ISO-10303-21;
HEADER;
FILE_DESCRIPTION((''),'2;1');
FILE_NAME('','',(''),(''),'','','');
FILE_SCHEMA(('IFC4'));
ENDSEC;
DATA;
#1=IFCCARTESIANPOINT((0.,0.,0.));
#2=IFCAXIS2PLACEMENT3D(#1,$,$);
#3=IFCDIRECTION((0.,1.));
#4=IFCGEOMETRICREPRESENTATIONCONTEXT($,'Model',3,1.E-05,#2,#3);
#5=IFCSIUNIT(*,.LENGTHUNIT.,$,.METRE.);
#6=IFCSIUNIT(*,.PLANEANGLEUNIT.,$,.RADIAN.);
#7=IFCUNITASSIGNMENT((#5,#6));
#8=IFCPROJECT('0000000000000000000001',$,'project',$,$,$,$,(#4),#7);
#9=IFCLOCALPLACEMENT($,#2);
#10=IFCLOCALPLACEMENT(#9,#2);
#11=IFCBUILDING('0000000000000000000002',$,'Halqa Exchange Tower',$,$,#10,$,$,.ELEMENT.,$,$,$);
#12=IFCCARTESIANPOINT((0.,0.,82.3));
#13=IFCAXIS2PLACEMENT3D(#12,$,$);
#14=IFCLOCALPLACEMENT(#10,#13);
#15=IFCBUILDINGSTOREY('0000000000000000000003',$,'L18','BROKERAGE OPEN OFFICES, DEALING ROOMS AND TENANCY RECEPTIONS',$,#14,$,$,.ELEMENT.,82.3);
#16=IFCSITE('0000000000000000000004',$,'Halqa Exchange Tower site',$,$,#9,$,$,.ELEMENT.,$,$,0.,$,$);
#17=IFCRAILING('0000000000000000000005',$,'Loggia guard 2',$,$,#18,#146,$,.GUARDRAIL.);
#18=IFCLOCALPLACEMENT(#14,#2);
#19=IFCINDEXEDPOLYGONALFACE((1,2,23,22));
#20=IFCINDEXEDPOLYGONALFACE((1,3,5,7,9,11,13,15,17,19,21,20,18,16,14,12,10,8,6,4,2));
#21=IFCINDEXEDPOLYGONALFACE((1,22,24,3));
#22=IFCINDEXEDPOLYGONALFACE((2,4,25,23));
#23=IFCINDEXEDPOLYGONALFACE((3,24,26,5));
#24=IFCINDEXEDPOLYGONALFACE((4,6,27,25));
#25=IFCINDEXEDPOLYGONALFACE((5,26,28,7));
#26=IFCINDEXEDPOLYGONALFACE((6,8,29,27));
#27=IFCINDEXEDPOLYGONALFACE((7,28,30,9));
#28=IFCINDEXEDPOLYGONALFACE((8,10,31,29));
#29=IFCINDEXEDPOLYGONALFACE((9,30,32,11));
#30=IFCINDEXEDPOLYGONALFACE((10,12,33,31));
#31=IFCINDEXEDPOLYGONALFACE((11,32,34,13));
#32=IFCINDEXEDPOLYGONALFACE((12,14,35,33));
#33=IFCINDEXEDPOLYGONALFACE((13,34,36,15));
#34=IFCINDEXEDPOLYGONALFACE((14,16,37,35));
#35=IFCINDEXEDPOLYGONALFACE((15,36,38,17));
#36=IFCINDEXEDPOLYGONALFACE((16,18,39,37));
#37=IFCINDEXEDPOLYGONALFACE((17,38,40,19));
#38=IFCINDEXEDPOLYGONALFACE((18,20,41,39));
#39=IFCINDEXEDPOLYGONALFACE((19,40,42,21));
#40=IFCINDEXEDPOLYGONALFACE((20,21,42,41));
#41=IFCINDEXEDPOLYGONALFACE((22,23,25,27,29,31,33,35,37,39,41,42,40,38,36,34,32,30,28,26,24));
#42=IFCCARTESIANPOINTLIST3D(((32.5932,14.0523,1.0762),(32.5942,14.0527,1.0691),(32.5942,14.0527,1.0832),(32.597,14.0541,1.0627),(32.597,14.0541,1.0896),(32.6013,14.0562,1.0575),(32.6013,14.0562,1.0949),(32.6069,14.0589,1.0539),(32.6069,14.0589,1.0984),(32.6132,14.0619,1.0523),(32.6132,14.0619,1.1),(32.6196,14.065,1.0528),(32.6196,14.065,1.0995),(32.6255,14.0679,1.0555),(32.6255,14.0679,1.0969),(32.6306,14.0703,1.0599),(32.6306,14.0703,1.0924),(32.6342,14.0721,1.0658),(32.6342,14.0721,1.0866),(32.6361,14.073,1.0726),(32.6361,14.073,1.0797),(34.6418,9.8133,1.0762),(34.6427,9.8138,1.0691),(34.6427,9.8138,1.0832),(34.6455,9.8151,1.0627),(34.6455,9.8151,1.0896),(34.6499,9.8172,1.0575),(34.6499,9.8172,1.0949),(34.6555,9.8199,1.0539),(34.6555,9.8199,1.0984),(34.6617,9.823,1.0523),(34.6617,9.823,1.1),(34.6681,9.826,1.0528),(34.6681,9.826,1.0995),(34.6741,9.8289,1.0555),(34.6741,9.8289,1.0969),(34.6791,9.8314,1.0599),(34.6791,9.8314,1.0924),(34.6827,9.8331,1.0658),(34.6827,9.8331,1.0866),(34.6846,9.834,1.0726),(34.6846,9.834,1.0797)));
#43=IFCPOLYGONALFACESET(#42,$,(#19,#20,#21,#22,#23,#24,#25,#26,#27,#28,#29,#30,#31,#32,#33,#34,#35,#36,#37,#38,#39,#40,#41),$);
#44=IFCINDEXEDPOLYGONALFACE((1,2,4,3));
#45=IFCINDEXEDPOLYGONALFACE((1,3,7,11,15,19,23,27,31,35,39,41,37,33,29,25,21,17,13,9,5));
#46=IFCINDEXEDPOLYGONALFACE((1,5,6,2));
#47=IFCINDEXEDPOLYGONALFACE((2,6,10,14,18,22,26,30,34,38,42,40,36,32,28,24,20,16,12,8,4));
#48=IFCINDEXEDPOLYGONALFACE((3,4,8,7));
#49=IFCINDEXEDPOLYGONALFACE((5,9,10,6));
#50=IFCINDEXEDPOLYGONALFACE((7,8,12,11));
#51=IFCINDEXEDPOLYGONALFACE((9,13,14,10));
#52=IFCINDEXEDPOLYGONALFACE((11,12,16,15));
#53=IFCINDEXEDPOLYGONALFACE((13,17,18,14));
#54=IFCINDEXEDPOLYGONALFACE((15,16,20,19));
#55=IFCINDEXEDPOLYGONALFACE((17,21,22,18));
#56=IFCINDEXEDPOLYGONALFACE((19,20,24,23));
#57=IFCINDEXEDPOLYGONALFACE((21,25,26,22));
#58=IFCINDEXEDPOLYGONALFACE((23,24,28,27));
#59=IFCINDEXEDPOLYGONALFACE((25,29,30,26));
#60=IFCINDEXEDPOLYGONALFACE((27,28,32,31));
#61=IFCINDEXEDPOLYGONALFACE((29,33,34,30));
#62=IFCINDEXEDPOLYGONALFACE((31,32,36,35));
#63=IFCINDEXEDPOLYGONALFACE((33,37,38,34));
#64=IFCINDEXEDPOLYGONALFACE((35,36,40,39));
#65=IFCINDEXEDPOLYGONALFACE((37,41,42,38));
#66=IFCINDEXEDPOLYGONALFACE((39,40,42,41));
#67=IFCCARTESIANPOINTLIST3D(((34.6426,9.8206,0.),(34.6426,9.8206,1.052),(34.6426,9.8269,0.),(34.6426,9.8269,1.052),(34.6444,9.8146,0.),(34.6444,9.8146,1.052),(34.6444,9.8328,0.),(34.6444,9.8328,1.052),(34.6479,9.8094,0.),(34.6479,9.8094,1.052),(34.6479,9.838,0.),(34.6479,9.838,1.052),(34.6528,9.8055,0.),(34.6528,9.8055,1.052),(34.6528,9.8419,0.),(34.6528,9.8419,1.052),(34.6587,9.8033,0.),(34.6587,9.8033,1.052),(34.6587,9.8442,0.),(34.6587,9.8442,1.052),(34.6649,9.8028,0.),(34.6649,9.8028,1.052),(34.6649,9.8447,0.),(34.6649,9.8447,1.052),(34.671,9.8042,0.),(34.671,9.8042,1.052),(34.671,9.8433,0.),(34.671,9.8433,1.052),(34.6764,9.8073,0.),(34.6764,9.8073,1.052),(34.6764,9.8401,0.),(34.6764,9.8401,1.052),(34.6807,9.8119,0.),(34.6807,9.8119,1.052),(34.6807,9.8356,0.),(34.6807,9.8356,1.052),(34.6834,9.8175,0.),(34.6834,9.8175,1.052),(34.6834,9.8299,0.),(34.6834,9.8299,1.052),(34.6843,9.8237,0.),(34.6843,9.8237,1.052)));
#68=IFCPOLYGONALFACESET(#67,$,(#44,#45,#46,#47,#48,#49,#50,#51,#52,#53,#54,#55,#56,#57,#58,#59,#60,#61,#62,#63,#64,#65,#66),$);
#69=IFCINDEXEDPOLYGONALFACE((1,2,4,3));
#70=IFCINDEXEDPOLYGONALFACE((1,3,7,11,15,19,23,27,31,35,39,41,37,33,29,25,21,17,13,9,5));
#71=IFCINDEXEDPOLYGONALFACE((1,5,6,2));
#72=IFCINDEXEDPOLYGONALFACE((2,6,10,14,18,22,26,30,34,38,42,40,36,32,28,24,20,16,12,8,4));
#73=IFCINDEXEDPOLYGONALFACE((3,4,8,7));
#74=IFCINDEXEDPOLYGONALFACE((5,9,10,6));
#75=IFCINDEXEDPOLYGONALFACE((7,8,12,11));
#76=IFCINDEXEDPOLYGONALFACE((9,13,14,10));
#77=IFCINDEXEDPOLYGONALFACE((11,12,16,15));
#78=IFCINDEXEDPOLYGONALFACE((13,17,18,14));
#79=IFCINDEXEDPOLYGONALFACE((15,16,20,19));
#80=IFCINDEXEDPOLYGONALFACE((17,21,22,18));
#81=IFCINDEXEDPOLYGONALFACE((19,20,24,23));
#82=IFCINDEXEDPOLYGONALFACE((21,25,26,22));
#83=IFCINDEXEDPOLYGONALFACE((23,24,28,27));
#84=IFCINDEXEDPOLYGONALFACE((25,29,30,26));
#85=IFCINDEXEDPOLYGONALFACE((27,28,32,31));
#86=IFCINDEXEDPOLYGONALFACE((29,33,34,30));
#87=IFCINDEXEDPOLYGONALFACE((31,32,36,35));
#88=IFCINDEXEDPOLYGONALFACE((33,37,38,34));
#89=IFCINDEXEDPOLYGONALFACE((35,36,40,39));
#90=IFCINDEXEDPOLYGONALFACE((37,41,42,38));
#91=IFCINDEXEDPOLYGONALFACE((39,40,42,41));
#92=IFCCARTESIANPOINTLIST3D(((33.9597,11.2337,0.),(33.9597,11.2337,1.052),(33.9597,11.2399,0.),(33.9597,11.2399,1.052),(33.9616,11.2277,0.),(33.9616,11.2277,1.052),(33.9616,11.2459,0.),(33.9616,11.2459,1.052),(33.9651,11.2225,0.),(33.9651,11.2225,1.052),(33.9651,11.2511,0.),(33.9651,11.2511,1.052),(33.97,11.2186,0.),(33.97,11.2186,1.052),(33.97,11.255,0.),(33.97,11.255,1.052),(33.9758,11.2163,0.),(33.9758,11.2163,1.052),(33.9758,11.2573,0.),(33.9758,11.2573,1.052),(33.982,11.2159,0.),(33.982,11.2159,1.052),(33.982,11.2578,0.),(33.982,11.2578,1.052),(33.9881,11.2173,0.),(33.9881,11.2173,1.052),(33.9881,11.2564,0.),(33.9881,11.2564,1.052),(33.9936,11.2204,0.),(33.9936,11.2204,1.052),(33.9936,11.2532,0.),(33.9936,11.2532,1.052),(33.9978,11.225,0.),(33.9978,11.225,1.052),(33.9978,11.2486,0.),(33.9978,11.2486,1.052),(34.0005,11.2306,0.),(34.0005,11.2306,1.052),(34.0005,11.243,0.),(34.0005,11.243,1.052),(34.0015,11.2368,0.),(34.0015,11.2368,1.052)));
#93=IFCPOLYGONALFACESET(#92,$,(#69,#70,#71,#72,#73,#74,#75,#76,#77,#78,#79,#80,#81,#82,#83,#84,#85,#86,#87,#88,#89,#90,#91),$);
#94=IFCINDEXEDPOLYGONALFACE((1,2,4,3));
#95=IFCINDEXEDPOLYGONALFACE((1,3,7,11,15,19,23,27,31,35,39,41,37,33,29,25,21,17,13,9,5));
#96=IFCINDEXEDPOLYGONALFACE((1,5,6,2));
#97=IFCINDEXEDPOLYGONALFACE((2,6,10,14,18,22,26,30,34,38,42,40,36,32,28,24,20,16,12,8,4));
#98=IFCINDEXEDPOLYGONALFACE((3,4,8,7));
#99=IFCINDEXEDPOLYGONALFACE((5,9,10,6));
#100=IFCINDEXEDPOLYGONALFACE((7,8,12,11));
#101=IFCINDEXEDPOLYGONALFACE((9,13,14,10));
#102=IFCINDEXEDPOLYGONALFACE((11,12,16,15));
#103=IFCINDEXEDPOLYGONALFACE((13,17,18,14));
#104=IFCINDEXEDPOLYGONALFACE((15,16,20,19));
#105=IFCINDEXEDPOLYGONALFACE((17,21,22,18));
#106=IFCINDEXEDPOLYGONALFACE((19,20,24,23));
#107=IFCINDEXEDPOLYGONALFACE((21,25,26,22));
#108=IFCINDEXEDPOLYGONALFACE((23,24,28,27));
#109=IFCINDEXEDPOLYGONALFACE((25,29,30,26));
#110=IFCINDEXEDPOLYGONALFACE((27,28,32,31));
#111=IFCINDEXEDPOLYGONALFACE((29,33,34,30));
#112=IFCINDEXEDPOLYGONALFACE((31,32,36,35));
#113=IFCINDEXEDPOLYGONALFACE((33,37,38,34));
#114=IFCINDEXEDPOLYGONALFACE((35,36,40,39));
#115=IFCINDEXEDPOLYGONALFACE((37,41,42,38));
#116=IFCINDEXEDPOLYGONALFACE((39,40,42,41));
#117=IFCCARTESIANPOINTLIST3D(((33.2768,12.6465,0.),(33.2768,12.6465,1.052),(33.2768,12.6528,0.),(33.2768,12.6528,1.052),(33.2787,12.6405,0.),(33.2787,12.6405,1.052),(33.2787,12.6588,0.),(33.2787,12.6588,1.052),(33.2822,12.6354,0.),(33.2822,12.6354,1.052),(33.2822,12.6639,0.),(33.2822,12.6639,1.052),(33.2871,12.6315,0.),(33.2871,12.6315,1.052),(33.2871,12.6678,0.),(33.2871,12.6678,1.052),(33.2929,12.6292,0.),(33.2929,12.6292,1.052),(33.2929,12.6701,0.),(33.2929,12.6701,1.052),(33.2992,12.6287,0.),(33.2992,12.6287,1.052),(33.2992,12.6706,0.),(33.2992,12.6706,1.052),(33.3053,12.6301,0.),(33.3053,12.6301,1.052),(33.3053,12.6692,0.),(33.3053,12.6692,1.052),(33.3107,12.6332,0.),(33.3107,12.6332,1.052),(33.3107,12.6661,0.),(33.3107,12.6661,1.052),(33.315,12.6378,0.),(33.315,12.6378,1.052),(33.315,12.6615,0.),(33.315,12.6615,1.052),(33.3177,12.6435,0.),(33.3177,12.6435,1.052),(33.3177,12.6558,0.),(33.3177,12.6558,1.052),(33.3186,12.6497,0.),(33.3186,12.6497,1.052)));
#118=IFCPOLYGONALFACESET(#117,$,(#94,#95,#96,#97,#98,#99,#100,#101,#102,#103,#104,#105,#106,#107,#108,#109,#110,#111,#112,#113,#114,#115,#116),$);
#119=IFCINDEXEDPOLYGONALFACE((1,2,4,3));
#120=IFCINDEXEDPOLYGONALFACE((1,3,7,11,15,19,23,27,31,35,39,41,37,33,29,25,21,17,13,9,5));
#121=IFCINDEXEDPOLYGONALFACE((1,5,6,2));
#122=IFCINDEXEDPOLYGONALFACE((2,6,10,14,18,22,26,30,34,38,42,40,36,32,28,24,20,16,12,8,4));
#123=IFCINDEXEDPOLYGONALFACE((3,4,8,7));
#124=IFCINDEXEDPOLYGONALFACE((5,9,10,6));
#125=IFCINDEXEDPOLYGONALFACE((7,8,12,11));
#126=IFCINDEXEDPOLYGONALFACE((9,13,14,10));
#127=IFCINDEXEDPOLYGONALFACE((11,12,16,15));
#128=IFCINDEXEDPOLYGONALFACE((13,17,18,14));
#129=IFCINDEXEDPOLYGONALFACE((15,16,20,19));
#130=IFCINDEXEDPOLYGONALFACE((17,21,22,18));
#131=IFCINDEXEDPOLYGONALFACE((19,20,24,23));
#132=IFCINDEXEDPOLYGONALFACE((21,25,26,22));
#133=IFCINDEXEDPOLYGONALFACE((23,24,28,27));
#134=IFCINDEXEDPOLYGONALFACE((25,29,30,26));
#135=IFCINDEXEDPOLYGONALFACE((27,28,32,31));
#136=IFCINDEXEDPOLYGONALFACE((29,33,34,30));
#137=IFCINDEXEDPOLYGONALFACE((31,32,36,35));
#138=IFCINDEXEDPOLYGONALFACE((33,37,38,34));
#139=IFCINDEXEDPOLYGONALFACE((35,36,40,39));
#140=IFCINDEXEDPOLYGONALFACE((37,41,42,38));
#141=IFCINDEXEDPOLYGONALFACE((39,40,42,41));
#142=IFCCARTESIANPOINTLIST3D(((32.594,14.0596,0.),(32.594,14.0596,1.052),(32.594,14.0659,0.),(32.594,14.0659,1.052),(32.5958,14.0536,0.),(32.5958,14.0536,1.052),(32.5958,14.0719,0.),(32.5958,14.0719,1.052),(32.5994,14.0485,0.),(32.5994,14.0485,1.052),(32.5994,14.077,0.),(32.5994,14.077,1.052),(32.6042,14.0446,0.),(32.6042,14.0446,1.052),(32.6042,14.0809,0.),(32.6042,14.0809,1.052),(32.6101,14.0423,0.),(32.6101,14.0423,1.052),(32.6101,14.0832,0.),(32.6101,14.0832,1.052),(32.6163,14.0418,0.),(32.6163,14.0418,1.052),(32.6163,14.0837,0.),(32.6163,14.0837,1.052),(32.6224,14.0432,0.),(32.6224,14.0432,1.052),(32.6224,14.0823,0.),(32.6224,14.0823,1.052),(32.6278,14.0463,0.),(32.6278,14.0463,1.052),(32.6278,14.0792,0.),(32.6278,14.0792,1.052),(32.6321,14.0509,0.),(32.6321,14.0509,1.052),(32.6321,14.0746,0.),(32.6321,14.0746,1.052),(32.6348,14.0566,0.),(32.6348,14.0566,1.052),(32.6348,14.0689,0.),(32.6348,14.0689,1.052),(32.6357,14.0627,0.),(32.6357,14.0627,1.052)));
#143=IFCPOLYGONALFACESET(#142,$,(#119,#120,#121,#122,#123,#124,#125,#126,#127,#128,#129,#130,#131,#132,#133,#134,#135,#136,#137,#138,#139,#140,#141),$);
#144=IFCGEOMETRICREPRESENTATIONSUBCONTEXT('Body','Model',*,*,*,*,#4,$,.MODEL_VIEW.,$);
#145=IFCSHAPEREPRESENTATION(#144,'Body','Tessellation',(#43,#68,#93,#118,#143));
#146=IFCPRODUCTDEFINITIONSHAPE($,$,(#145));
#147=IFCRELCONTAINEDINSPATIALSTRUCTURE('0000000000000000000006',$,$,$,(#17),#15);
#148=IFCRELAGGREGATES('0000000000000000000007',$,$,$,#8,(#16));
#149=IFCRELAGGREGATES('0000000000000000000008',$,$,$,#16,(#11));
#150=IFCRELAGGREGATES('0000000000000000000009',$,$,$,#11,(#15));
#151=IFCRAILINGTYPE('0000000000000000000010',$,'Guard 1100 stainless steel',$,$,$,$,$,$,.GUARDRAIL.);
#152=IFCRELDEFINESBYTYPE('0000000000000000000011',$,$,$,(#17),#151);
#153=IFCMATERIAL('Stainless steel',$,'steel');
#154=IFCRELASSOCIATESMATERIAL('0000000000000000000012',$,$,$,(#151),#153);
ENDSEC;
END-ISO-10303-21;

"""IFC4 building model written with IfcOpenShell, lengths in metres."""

from ifc_helpers import new_model, si_unit, direction, frame, origin, origin_2d, place, context, subcontext, project, spatial, circle, extrude, material, type_object, element, save


model = new_model("IFC4")

# Units and contexts
model_context = context("Model", 3, precision=1e-05, world=origin(), true_north=direction((0.0, 1.0)))
body_context = subcontext(model_context, "Body", "Model", "MODEL_VIEW")
ifc_project = project(units=[si_unit("LENGTHUNIT", "METRE"), si_unit("PLANEANGLEUNIT", "RADIAN")], contexts=[model_context])

# Site, building, storey
site_placement = place(None, origin())
site = spatial("IfcSite", under=ifc_project, at=site_placement, Name="Halqa Exchange Tower site", CompositionType="ELEMENT", RefElevation=0.0)
building_placement = place(site_placement, origin())
building = spatial("IfcBuilding", under=site, at=building_placement, Name="Halqa Exchange Tower", CompositionType="ELEMENT")
storey_placement = place(building_placement, frame((0.0, 0.0, 82.3)))
storey = spatial("IfcBuildingStorey", under=building, at=storey_placement, Name="L18", Description="BROKERAGE OPEN OFFICES, DEALING ROOMS AND TENANCY RECEPTIONS", CompositionType="ELEMENT", Elevation=82.3)

# Railing
ifc_material_1 = material(Name="Stainless steel", Category="steel")
railing_type = type_object("IfcRailingType", Name="Guard 1100 stainless steel", PredefinedType="GUARDRAIL", material=ifc_material_1)
railing_1_placement = place(storey_placement, frame((34.6633, 9.8237, 0.0)))
element("IfcRailing", 1, at=railing_1_placement, inside=storey, type_object=railing_type, Name="Loggia guard 2", PredefinedType="GUARDRAIL", context=body_context, shape_type="SweptSolid", body=[
    extrude(circle(Radius=0.0239, at=origin_2d()), frame((0.0, 0.0, 1.0762), z_axis=(-0.435122, 0.900372, 0.0), x_axis=(-0.900372, -0.435122, 0.0)), (0.0, 0.0, 1.0), 4.708),
    extrude(circle(Radius=0.021, at=origin_2d()), origin(), (0.0, 0.0, 1.0), 1.052),
    extrude(circle(Radius=0.021, at=origin_2d()), frame((-0.6829, 1.4131, 0.0)), (0.0, 0.0, 1.0), 1.052),
    extrude(circle(Radius=0.021, at=origin_2d()), frame((-1.3657, 2.8259, 0.0)), (0.0, 0.0, 1.0), 1.052),
    extrude(circle(Radius=0.021, at=origin_2d()), frame((-2.0486, 4.239, 0.0)), (0.0, 0.0, 1.0), 1.052),
])

save(model, "model.ifc")
